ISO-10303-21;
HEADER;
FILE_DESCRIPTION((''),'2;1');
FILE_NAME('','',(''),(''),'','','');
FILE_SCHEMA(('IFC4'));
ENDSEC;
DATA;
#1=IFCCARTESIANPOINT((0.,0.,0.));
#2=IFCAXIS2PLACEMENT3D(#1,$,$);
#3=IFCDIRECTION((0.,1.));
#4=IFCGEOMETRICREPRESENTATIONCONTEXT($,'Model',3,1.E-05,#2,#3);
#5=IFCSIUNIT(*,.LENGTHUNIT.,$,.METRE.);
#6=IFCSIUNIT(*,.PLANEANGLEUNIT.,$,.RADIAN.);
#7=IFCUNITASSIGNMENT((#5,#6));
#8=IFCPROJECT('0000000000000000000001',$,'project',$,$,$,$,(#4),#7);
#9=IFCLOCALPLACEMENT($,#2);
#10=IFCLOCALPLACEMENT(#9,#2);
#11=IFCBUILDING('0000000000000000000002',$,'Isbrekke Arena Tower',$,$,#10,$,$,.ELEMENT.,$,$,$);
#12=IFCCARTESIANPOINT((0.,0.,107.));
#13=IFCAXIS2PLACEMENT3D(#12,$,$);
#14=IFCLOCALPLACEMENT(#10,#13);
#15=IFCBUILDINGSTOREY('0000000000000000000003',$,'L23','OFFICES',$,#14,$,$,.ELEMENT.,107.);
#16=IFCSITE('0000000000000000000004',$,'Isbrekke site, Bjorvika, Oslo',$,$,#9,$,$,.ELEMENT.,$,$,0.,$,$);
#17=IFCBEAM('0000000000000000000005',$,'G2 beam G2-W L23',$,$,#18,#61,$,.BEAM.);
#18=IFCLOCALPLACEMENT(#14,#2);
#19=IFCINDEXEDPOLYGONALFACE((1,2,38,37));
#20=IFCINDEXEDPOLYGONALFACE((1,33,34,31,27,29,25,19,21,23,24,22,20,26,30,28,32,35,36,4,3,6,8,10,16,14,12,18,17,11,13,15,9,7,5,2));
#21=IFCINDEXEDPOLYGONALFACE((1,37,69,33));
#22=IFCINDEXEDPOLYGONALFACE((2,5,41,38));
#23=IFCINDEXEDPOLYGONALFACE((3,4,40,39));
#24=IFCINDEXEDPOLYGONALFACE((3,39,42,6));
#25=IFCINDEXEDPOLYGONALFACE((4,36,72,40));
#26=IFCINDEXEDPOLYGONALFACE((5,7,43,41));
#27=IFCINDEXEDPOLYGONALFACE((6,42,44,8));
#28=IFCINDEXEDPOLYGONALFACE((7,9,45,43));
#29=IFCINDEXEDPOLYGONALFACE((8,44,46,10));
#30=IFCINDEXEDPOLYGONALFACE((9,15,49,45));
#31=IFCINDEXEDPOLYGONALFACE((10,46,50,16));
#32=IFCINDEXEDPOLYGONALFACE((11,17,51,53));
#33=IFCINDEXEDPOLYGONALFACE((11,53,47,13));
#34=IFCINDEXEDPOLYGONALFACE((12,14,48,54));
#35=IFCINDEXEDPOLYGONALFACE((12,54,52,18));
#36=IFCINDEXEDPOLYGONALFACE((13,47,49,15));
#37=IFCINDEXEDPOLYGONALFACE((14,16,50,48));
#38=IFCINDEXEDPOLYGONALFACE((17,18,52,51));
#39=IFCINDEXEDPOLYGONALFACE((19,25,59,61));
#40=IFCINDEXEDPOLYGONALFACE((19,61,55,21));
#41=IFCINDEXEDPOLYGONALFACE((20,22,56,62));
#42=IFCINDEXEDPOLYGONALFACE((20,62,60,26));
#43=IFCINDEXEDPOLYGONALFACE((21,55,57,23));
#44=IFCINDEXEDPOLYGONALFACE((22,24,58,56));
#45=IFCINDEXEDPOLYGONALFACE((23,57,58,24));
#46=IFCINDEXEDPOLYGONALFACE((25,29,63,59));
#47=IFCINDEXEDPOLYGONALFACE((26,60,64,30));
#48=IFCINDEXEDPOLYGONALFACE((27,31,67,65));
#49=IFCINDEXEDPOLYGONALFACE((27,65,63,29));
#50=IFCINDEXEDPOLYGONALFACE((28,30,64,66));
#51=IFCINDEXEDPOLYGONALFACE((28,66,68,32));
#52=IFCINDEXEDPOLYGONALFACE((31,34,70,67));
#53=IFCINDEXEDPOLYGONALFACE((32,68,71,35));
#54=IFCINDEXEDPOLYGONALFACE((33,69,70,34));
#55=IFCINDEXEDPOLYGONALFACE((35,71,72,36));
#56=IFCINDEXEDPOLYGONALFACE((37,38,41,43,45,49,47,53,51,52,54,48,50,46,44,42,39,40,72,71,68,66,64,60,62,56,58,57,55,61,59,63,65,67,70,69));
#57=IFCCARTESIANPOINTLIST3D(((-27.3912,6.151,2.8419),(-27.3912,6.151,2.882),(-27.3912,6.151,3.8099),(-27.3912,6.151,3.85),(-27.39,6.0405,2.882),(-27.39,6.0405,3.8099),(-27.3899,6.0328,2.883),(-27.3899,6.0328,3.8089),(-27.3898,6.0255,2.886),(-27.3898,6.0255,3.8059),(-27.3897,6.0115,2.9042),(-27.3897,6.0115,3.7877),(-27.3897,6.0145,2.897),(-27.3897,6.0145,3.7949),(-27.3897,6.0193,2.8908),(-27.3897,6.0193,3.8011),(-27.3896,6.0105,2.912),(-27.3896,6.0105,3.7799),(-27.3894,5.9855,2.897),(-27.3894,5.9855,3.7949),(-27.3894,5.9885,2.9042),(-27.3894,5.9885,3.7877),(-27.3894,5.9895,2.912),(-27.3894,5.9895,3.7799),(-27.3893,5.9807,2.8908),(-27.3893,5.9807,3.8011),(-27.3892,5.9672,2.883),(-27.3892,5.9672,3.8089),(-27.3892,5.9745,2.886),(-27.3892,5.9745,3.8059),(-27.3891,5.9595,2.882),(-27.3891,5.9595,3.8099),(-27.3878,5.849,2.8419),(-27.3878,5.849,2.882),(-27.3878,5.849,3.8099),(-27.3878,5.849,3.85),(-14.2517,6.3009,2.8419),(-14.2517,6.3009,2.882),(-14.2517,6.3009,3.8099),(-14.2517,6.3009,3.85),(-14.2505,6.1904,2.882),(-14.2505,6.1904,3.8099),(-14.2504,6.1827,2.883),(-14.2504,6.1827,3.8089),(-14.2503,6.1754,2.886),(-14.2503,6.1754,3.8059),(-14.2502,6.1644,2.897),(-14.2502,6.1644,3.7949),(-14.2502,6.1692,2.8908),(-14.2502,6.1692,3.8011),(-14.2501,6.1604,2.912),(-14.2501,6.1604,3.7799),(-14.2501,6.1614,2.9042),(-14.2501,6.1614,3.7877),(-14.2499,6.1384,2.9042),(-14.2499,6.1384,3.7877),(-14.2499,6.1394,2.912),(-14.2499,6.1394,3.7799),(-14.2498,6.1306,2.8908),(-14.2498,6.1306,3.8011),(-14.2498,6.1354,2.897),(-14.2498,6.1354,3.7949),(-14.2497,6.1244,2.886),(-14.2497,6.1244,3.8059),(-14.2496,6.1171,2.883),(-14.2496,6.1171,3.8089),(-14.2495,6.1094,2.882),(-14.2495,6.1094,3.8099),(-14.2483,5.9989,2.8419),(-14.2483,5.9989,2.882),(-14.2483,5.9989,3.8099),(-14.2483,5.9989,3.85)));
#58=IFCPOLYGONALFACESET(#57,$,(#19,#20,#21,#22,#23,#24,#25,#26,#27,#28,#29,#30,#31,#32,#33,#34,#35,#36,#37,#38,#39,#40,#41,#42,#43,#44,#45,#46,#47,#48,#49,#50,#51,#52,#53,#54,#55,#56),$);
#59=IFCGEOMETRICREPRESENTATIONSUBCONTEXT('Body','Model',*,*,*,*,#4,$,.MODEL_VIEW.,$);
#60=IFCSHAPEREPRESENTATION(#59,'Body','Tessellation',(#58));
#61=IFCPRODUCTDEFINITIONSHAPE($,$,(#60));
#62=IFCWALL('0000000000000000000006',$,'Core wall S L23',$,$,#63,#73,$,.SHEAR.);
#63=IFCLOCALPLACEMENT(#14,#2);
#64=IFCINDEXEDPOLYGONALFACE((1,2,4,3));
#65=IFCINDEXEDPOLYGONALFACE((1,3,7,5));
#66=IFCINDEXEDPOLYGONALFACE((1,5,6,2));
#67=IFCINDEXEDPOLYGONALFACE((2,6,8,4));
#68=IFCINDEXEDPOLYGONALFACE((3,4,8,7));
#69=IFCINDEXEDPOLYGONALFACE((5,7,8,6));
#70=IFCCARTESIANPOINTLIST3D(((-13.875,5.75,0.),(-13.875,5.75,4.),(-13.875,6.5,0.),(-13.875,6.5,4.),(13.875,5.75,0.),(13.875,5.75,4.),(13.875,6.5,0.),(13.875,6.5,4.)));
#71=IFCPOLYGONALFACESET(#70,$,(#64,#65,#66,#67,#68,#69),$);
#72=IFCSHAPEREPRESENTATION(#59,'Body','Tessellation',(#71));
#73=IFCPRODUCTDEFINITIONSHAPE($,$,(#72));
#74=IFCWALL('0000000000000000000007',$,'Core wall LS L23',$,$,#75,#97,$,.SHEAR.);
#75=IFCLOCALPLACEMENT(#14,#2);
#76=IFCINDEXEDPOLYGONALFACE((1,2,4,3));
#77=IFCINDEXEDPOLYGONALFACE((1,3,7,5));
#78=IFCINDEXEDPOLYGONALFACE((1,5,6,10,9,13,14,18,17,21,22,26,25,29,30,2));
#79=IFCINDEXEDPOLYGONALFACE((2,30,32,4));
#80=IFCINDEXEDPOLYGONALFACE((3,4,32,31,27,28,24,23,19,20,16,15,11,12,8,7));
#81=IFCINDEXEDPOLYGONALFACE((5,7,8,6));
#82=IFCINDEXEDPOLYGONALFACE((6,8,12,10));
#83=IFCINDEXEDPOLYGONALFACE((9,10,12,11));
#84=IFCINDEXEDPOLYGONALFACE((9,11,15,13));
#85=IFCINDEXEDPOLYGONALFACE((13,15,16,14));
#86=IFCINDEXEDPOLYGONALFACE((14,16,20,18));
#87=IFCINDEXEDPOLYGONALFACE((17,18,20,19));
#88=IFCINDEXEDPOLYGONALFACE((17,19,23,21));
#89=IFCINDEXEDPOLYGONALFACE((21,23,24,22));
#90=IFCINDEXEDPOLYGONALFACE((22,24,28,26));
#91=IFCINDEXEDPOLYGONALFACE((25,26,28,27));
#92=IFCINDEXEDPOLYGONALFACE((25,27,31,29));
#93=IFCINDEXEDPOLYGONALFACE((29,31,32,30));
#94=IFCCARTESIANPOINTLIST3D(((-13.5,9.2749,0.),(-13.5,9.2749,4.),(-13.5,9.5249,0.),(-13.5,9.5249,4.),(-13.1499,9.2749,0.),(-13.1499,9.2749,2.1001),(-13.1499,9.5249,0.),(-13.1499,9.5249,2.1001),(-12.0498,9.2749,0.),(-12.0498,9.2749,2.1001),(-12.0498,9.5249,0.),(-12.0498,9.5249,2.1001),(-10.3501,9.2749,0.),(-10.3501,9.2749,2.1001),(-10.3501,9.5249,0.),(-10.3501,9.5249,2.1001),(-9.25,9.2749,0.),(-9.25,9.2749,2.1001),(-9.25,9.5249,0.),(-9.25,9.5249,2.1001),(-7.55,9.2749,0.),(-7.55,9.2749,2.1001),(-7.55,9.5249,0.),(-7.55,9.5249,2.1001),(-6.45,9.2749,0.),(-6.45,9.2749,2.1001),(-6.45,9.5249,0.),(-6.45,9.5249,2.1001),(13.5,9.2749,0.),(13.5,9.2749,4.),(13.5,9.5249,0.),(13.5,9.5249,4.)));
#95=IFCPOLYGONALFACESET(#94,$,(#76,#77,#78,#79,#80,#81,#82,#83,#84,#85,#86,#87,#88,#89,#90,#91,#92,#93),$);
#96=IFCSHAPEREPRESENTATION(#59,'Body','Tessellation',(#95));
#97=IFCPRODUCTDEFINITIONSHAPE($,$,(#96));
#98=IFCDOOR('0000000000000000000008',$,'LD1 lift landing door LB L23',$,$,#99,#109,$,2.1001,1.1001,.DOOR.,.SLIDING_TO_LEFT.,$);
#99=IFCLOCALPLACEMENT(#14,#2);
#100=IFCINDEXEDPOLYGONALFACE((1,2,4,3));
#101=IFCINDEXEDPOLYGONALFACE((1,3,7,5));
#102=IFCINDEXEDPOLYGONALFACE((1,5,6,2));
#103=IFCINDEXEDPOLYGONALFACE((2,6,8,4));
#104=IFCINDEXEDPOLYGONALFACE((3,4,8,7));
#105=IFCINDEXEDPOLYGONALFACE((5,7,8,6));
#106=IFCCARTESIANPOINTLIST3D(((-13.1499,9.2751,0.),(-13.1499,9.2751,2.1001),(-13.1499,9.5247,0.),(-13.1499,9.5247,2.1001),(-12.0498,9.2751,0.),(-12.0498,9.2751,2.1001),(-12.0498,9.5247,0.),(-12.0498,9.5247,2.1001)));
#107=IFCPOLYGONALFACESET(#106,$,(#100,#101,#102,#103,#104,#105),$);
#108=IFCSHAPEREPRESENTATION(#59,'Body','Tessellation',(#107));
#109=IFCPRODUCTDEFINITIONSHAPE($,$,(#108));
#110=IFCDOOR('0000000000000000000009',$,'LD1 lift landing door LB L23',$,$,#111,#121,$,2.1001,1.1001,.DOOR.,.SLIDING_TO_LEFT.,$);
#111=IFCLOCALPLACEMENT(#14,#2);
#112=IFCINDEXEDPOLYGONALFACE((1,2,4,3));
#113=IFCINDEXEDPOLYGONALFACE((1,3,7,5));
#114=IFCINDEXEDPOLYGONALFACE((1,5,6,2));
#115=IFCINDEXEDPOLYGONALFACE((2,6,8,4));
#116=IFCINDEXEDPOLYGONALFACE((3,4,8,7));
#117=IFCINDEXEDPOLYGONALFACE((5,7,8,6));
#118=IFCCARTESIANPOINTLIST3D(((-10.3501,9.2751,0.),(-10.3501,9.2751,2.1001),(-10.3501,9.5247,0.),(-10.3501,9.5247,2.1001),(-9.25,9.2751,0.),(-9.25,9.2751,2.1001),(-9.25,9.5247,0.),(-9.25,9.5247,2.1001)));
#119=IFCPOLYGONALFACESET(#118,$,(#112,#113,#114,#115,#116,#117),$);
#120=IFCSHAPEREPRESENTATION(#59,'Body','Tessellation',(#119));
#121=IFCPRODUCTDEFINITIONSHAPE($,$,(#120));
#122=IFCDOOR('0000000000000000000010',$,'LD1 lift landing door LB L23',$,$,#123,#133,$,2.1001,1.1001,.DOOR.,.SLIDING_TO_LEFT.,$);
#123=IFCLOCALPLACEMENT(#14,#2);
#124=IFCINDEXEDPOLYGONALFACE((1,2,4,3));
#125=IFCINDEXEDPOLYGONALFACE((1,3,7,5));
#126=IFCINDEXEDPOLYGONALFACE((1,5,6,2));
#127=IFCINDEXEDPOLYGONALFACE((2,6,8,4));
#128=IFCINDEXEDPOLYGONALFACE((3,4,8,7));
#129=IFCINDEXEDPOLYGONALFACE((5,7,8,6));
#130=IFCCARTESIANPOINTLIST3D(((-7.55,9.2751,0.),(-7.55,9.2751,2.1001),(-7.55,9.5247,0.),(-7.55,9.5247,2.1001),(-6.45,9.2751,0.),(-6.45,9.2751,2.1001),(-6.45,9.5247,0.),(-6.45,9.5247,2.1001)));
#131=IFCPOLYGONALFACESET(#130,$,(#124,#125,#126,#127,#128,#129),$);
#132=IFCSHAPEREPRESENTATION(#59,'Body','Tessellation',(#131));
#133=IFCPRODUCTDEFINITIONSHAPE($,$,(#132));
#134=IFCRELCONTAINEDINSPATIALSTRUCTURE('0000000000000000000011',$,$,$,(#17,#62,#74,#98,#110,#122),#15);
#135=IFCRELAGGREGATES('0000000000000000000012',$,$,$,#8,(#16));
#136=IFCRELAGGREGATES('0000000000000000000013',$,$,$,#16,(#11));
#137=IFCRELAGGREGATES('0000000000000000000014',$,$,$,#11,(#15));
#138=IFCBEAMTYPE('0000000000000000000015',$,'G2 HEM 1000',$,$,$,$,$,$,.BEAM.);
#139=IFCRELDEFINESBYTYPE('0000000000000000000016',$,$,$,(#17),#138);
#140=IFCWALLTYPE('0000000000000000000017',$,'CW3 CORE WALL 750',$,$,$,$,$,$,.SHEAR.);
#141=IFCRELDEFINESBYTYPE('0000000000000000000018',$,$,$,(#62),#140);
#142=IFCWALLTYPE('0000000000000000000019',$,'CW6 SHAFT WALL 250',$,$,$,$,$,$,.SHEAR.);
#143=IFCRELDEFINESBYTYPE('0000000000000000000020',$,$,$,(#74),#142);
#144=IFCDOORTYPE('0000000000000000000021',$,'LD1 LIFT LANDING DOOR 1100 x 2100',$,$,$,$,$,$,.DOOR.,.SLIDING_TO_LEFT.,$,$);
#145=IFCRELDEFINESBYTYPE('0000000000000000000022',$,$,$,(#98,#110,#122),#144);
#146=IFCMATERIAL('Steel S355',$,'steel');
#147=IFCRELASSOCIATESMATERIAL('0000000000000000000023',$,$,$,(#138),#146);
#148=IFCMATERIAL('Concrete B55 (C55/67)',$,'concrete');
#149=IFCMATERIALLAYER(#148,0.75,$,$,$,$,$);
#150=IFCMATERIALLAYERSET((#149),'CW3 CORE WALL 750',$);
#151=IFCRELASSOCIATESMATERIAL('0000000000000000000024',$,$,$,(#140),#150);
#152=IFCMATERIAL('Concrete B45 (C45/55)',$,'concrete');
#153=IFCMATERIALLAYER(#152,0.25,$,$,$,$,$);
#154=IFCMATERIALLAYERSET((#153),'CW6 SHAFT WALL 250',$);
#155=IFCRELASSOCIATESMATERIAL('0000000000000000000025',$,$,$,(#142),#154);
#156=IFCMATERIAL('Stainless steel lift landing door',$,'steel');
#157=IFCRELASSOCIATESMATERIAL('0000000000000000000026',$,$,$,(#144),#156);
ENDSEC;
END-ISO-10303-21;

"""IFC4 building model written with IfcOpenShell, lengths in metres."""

from ifc_helpers import new_model, si_unit, direction, frame, frame_2d, origin, origin_2d, place, context, subcontext, project, spatial, rectangle, i_section, extrude, material, layer, layer_set, material_profile, profile_set, type_object, element, fill, save


model = new_model("IFC4")

# Units and contexts
model_context = context("Model", 3, precision=1e-05, world=origin(), true_north=direction((0.0, 1.0)))
body_context = subcontext(model_context, "Body", "Model", "MODEL_VIEW")
ifc_project = project(units=[si_unit("LENGTHUNIT", "METRE"), si_unit("PLANEANGLEUNIT", "RADIAN")], contexts=[model_context])

# Site, building, storey
site_placement = place(None, origin())
site = spatial("IfcSite", under=ifc_project, at=site_placement, Name="Isbrekke site, Bjorvika, Oslo", CompositionType="ELEMENT", RefElevation=0.0)
building_placement = place(site_placement, origin())
building = spatial("IfcBuilding", under=site, at=building_placement, Name="Isbrekke Arena Tower", CompositionType="ELEMENT")
storey_placement = place(building_placement, frame((0.0, 0.0, 107.0)))
storey = spatial("IfcBuildingStorey", under=building, at=storey_placement, Name="L23", Description="OFFICES", CompositionType="ELEMENT", Elevation=107.0)

# Beam
ifc_material_1 = material(Name="Steel S355", Category="steel")
ifc_material_profile = material_profile(ifc_material_1, i_section(OverallWidth=0.302, OverallDepth=1.0081, WebThickness=0.021, FlangeThickness=0.04, FilletRadius=0.03, at=origin_2d()), Name="HEM 1000")
ifc_profile_set = profile_set([ifc_material_profile], Name="Steel S355")
beam_type = type_object("IfcBeamType", Name="G2 HEM 1000", PredefinedType="BEAM", material=ifc_profile_set)
beam_placement = place(storey_placement, frame((-14.25, 6.1499, 3.3459), z_axis=(-0.999935, -0.011408, 0.0), x_axis=(0.011408, -0.999935, 0.0)))
element("IfcBeam", 1, at=beam_placement, inside=storey, type_object=beam_type, Name="G2 beam G2-W L23", PredefinedType="BEAM", context=body_context, shape_type="SweptSolid", body=[
    extrude(i_section(OverallWidth=0.302, OverallDepth=1.0081, WebThickness=0.021, FlangeThickness=0.04, FilletRadius=0.03, at=origin_2d()), origin(), (0.0, 0.0, 1.0), 13.1404),
])

# Wall
ifc_material_2 = material(Name="Concrete B55 (C55/67)", Category="concrete")
ifc_layer_1 = layer(ifc_material_2, 0.75)
ifc_layer_set_1 = layer_set([ifc_layer_1], Name="CW3 CORE WALL 750")
wall_type_1 = type_object("IfcWallType", Name="CW3 CORE WALL 750", PredefinedType="SHEAR", material=ifc_layer_set_1)
wall_1_placement = place(storey_placement, frame((-13.875, 6.125, 0.0), z_axis=(0.0, 0.0, 1.0), x_axis=(1.0, 0.0, 0.0)))
element("IfcWall", 2, at=wall_1_placement, inside=storey, type_object=wall_type_1, Name="Core wall S L23", PredefinedType="SHEAR", context=body_context, shape_type="SweptSolid", body=[
    extrude(rectangle(XDim=27.75, YDim=0.75, at=frame_2d((13.875, 0.0))), origin(), (0.0, 0.0, 1.0), 4.0),
])

# Wall, openings, doors
ifc_material_3 = material(Name="Concrete B45 (C45/55)", Category="concrete")
ifc_layer_2 = layer(ifc_material_3, 0.25)
ifc_layer_set_2 = layer_set([ifc_layer_2], Name="CW6 SHAFT WALL 250")
wall_type_2 = type_object("IfcWallType", Name="CW6 SHAFT WALL 250", PredefinedType="SHEAR", material=ifc_layer_set_2)
wall_2_placement = place(storey_placement, frame((-13.5, 9.3999, 0.0), z_axis=(0.0, 0.0, 1.0), x_axis=(1.0, 0.0, 0.0)))
wall_2 = element("IfcWall", 3, at=wall_2_placement, inside=storey, type_object=wall_type_2, Name="Core wall LS L23", PredefinedType="SHEAR", context=body_context, shape_type="SweptSolid", body=[
    extrude(rectangle(XDim=27.0, YDim=0.25, at=frame_2d((13.5, 0.0))), origin(), (0.0, 0.0, 1.0), 4.0),
])
opening_1_placement = place(wall_2_placement, frame((0.3501, 0.0, 0.0)))
opening_1 = element("IfcOpeningElement", 4, at=opening_1_placement, cuts=wall_2, PredefinedType="OPENING", context=body_context, shape_type="SweptSolid", body=[
    extrude(rectangle(XDim=1.1001, YDim=2.1001, at=frame_2d((0.55, 1.05))), frame((0.0, 0.1399, 0.0), z_axis=(0.0, -1.0, 0.0), x_axis=(1.0, 0.0, 0.0)), (0.0, 0.0, 1.0), 0.2798),
])
opening_2_placement = place(wall_2_placement, frame((3.1499, 0.0, 0.0)))
opening_2 = element("IfcOpeningElement", 5, at=opening_2_placement, cuts=wall_2, PredefinedType="OPENING", context=body_context, shape_type="SweptSolid", body=[
    extrude(rectangle(XDim=1.1001, YDim=2.1001, at=frame_2d((0.55, 1.05))), frame((0.0, 0.1399, 0.0), z_axis=(0.0, -1.0, 0.0), x_axis=(1.0, 0.0, 0.0)), (0.0, 0.0, 1.0), 0.2798),
])
opening_3_placement = place(wall_2_placement, frame((5.95, 0.0, 0.0)))
opening_3 = element("IfcOpeningElement", 6, at=opening_3_placement, cuts=wall_2, PredefinedType="OPENING", context=body_context, shape_type="SweptSolid", body=[
    extrude(rectangle(XDim=1.1001, YDim=2.1001, at=frame_2d((0.55, 1.05))), frame((0.0, 0.1399, 0.0), z_axis=(0.0, -1.0, 0.0), x_axis=(1.0, 0.0, 0.0)), (0.0, 0.0, 1.0), 0.2798),
])
ifc_material_4 = material(Name="Stainless steel lift landing door", Category="steel")
door_type_1 = type_object("IfcDoorType", Name="LD1 LIFT LANDING DOOR 1100 x 2100", OperationType="SLIDING_TO_LEFT", PredefinedType="DOOR", material=ifc_material_4)
door_1_placement = place(opening_1_placement, origin())
door_1 = element("IfcDoor", 7, at=door_1_placement, inside=storey, type_object=door_type_1, Name="LD1 lift landing door LB L23", OperationType="SLIDING_TO_LEFT", OverallHeight=2.1001, OverallWidth=1.1001, PredefinedType="DOOR", context=body_context, shape_type="SweptSolid", body=[
    extrude(rectangle(XDim=1.1001, YDim=2.1001, at=frame_2d((0.55, 1.05))), frame((0.0, 0.1248, 0.0), z_axis=(0.0, -1.0, 0.0), x_axis=(1.0, 0.0, 0.0)), (0.0, 0.0, 1.0), 0.2495),
])
fill(opening_1, door_1)
door_2_placement = place(opening_2_placement, origin())
door_2 = element("IfcDoor", 8, at=door_2_placement, inside=storey, type_object=door_type_1, Name="LD1 lift landing door LB L23", OperationType="SLIDING_TO_LEFT", OverallHeight=2.1001, OverallWidth=1.1001, PredefinedType="DOOR", context=body_context, shape_type="SweptSolid", body=[
    extrude(rectangle(XDim=1.1001, YDim=2.1001, at=frame_2d((0.55, 1.05))), frame((0.0, 0.1248, 0.0), z_axis=(0.0, -1.0, 0.0), x_axis=(1.0, 0.0, 0.0)), (0.0, 0.0, 1.0), 0.2495),
])
fill(opening_2, door_2)
door_3_placement = place(opening_3_placement, origin())
door_3 = element("IfcDoor", 9, at=door_3_placement, inside=storey, type_object=door_type_1, Name="LD1 lift landing door LB L23", OperationType="SLIDING_TO_LEFT", OverallHeight=2.1001, OverallWidth=1.1001, PredefinedType="DOOR", context=body_context, shape_type="SweptSolid", body=[
    extrude(rectangle(XDim=1.1001, YDim=2.1001, at=frame_2d((0.55, 1.05))), frame((0.0, 0.1248, 0.0), z_axis=(0.0, -1.0, 0.0), x_axis=(1.0, 0.0, 0.0)), (0.0, 0.0, 1.0), 0.2495),
])
fill(opening_3, door_3)

save(model, "model.ifc")
